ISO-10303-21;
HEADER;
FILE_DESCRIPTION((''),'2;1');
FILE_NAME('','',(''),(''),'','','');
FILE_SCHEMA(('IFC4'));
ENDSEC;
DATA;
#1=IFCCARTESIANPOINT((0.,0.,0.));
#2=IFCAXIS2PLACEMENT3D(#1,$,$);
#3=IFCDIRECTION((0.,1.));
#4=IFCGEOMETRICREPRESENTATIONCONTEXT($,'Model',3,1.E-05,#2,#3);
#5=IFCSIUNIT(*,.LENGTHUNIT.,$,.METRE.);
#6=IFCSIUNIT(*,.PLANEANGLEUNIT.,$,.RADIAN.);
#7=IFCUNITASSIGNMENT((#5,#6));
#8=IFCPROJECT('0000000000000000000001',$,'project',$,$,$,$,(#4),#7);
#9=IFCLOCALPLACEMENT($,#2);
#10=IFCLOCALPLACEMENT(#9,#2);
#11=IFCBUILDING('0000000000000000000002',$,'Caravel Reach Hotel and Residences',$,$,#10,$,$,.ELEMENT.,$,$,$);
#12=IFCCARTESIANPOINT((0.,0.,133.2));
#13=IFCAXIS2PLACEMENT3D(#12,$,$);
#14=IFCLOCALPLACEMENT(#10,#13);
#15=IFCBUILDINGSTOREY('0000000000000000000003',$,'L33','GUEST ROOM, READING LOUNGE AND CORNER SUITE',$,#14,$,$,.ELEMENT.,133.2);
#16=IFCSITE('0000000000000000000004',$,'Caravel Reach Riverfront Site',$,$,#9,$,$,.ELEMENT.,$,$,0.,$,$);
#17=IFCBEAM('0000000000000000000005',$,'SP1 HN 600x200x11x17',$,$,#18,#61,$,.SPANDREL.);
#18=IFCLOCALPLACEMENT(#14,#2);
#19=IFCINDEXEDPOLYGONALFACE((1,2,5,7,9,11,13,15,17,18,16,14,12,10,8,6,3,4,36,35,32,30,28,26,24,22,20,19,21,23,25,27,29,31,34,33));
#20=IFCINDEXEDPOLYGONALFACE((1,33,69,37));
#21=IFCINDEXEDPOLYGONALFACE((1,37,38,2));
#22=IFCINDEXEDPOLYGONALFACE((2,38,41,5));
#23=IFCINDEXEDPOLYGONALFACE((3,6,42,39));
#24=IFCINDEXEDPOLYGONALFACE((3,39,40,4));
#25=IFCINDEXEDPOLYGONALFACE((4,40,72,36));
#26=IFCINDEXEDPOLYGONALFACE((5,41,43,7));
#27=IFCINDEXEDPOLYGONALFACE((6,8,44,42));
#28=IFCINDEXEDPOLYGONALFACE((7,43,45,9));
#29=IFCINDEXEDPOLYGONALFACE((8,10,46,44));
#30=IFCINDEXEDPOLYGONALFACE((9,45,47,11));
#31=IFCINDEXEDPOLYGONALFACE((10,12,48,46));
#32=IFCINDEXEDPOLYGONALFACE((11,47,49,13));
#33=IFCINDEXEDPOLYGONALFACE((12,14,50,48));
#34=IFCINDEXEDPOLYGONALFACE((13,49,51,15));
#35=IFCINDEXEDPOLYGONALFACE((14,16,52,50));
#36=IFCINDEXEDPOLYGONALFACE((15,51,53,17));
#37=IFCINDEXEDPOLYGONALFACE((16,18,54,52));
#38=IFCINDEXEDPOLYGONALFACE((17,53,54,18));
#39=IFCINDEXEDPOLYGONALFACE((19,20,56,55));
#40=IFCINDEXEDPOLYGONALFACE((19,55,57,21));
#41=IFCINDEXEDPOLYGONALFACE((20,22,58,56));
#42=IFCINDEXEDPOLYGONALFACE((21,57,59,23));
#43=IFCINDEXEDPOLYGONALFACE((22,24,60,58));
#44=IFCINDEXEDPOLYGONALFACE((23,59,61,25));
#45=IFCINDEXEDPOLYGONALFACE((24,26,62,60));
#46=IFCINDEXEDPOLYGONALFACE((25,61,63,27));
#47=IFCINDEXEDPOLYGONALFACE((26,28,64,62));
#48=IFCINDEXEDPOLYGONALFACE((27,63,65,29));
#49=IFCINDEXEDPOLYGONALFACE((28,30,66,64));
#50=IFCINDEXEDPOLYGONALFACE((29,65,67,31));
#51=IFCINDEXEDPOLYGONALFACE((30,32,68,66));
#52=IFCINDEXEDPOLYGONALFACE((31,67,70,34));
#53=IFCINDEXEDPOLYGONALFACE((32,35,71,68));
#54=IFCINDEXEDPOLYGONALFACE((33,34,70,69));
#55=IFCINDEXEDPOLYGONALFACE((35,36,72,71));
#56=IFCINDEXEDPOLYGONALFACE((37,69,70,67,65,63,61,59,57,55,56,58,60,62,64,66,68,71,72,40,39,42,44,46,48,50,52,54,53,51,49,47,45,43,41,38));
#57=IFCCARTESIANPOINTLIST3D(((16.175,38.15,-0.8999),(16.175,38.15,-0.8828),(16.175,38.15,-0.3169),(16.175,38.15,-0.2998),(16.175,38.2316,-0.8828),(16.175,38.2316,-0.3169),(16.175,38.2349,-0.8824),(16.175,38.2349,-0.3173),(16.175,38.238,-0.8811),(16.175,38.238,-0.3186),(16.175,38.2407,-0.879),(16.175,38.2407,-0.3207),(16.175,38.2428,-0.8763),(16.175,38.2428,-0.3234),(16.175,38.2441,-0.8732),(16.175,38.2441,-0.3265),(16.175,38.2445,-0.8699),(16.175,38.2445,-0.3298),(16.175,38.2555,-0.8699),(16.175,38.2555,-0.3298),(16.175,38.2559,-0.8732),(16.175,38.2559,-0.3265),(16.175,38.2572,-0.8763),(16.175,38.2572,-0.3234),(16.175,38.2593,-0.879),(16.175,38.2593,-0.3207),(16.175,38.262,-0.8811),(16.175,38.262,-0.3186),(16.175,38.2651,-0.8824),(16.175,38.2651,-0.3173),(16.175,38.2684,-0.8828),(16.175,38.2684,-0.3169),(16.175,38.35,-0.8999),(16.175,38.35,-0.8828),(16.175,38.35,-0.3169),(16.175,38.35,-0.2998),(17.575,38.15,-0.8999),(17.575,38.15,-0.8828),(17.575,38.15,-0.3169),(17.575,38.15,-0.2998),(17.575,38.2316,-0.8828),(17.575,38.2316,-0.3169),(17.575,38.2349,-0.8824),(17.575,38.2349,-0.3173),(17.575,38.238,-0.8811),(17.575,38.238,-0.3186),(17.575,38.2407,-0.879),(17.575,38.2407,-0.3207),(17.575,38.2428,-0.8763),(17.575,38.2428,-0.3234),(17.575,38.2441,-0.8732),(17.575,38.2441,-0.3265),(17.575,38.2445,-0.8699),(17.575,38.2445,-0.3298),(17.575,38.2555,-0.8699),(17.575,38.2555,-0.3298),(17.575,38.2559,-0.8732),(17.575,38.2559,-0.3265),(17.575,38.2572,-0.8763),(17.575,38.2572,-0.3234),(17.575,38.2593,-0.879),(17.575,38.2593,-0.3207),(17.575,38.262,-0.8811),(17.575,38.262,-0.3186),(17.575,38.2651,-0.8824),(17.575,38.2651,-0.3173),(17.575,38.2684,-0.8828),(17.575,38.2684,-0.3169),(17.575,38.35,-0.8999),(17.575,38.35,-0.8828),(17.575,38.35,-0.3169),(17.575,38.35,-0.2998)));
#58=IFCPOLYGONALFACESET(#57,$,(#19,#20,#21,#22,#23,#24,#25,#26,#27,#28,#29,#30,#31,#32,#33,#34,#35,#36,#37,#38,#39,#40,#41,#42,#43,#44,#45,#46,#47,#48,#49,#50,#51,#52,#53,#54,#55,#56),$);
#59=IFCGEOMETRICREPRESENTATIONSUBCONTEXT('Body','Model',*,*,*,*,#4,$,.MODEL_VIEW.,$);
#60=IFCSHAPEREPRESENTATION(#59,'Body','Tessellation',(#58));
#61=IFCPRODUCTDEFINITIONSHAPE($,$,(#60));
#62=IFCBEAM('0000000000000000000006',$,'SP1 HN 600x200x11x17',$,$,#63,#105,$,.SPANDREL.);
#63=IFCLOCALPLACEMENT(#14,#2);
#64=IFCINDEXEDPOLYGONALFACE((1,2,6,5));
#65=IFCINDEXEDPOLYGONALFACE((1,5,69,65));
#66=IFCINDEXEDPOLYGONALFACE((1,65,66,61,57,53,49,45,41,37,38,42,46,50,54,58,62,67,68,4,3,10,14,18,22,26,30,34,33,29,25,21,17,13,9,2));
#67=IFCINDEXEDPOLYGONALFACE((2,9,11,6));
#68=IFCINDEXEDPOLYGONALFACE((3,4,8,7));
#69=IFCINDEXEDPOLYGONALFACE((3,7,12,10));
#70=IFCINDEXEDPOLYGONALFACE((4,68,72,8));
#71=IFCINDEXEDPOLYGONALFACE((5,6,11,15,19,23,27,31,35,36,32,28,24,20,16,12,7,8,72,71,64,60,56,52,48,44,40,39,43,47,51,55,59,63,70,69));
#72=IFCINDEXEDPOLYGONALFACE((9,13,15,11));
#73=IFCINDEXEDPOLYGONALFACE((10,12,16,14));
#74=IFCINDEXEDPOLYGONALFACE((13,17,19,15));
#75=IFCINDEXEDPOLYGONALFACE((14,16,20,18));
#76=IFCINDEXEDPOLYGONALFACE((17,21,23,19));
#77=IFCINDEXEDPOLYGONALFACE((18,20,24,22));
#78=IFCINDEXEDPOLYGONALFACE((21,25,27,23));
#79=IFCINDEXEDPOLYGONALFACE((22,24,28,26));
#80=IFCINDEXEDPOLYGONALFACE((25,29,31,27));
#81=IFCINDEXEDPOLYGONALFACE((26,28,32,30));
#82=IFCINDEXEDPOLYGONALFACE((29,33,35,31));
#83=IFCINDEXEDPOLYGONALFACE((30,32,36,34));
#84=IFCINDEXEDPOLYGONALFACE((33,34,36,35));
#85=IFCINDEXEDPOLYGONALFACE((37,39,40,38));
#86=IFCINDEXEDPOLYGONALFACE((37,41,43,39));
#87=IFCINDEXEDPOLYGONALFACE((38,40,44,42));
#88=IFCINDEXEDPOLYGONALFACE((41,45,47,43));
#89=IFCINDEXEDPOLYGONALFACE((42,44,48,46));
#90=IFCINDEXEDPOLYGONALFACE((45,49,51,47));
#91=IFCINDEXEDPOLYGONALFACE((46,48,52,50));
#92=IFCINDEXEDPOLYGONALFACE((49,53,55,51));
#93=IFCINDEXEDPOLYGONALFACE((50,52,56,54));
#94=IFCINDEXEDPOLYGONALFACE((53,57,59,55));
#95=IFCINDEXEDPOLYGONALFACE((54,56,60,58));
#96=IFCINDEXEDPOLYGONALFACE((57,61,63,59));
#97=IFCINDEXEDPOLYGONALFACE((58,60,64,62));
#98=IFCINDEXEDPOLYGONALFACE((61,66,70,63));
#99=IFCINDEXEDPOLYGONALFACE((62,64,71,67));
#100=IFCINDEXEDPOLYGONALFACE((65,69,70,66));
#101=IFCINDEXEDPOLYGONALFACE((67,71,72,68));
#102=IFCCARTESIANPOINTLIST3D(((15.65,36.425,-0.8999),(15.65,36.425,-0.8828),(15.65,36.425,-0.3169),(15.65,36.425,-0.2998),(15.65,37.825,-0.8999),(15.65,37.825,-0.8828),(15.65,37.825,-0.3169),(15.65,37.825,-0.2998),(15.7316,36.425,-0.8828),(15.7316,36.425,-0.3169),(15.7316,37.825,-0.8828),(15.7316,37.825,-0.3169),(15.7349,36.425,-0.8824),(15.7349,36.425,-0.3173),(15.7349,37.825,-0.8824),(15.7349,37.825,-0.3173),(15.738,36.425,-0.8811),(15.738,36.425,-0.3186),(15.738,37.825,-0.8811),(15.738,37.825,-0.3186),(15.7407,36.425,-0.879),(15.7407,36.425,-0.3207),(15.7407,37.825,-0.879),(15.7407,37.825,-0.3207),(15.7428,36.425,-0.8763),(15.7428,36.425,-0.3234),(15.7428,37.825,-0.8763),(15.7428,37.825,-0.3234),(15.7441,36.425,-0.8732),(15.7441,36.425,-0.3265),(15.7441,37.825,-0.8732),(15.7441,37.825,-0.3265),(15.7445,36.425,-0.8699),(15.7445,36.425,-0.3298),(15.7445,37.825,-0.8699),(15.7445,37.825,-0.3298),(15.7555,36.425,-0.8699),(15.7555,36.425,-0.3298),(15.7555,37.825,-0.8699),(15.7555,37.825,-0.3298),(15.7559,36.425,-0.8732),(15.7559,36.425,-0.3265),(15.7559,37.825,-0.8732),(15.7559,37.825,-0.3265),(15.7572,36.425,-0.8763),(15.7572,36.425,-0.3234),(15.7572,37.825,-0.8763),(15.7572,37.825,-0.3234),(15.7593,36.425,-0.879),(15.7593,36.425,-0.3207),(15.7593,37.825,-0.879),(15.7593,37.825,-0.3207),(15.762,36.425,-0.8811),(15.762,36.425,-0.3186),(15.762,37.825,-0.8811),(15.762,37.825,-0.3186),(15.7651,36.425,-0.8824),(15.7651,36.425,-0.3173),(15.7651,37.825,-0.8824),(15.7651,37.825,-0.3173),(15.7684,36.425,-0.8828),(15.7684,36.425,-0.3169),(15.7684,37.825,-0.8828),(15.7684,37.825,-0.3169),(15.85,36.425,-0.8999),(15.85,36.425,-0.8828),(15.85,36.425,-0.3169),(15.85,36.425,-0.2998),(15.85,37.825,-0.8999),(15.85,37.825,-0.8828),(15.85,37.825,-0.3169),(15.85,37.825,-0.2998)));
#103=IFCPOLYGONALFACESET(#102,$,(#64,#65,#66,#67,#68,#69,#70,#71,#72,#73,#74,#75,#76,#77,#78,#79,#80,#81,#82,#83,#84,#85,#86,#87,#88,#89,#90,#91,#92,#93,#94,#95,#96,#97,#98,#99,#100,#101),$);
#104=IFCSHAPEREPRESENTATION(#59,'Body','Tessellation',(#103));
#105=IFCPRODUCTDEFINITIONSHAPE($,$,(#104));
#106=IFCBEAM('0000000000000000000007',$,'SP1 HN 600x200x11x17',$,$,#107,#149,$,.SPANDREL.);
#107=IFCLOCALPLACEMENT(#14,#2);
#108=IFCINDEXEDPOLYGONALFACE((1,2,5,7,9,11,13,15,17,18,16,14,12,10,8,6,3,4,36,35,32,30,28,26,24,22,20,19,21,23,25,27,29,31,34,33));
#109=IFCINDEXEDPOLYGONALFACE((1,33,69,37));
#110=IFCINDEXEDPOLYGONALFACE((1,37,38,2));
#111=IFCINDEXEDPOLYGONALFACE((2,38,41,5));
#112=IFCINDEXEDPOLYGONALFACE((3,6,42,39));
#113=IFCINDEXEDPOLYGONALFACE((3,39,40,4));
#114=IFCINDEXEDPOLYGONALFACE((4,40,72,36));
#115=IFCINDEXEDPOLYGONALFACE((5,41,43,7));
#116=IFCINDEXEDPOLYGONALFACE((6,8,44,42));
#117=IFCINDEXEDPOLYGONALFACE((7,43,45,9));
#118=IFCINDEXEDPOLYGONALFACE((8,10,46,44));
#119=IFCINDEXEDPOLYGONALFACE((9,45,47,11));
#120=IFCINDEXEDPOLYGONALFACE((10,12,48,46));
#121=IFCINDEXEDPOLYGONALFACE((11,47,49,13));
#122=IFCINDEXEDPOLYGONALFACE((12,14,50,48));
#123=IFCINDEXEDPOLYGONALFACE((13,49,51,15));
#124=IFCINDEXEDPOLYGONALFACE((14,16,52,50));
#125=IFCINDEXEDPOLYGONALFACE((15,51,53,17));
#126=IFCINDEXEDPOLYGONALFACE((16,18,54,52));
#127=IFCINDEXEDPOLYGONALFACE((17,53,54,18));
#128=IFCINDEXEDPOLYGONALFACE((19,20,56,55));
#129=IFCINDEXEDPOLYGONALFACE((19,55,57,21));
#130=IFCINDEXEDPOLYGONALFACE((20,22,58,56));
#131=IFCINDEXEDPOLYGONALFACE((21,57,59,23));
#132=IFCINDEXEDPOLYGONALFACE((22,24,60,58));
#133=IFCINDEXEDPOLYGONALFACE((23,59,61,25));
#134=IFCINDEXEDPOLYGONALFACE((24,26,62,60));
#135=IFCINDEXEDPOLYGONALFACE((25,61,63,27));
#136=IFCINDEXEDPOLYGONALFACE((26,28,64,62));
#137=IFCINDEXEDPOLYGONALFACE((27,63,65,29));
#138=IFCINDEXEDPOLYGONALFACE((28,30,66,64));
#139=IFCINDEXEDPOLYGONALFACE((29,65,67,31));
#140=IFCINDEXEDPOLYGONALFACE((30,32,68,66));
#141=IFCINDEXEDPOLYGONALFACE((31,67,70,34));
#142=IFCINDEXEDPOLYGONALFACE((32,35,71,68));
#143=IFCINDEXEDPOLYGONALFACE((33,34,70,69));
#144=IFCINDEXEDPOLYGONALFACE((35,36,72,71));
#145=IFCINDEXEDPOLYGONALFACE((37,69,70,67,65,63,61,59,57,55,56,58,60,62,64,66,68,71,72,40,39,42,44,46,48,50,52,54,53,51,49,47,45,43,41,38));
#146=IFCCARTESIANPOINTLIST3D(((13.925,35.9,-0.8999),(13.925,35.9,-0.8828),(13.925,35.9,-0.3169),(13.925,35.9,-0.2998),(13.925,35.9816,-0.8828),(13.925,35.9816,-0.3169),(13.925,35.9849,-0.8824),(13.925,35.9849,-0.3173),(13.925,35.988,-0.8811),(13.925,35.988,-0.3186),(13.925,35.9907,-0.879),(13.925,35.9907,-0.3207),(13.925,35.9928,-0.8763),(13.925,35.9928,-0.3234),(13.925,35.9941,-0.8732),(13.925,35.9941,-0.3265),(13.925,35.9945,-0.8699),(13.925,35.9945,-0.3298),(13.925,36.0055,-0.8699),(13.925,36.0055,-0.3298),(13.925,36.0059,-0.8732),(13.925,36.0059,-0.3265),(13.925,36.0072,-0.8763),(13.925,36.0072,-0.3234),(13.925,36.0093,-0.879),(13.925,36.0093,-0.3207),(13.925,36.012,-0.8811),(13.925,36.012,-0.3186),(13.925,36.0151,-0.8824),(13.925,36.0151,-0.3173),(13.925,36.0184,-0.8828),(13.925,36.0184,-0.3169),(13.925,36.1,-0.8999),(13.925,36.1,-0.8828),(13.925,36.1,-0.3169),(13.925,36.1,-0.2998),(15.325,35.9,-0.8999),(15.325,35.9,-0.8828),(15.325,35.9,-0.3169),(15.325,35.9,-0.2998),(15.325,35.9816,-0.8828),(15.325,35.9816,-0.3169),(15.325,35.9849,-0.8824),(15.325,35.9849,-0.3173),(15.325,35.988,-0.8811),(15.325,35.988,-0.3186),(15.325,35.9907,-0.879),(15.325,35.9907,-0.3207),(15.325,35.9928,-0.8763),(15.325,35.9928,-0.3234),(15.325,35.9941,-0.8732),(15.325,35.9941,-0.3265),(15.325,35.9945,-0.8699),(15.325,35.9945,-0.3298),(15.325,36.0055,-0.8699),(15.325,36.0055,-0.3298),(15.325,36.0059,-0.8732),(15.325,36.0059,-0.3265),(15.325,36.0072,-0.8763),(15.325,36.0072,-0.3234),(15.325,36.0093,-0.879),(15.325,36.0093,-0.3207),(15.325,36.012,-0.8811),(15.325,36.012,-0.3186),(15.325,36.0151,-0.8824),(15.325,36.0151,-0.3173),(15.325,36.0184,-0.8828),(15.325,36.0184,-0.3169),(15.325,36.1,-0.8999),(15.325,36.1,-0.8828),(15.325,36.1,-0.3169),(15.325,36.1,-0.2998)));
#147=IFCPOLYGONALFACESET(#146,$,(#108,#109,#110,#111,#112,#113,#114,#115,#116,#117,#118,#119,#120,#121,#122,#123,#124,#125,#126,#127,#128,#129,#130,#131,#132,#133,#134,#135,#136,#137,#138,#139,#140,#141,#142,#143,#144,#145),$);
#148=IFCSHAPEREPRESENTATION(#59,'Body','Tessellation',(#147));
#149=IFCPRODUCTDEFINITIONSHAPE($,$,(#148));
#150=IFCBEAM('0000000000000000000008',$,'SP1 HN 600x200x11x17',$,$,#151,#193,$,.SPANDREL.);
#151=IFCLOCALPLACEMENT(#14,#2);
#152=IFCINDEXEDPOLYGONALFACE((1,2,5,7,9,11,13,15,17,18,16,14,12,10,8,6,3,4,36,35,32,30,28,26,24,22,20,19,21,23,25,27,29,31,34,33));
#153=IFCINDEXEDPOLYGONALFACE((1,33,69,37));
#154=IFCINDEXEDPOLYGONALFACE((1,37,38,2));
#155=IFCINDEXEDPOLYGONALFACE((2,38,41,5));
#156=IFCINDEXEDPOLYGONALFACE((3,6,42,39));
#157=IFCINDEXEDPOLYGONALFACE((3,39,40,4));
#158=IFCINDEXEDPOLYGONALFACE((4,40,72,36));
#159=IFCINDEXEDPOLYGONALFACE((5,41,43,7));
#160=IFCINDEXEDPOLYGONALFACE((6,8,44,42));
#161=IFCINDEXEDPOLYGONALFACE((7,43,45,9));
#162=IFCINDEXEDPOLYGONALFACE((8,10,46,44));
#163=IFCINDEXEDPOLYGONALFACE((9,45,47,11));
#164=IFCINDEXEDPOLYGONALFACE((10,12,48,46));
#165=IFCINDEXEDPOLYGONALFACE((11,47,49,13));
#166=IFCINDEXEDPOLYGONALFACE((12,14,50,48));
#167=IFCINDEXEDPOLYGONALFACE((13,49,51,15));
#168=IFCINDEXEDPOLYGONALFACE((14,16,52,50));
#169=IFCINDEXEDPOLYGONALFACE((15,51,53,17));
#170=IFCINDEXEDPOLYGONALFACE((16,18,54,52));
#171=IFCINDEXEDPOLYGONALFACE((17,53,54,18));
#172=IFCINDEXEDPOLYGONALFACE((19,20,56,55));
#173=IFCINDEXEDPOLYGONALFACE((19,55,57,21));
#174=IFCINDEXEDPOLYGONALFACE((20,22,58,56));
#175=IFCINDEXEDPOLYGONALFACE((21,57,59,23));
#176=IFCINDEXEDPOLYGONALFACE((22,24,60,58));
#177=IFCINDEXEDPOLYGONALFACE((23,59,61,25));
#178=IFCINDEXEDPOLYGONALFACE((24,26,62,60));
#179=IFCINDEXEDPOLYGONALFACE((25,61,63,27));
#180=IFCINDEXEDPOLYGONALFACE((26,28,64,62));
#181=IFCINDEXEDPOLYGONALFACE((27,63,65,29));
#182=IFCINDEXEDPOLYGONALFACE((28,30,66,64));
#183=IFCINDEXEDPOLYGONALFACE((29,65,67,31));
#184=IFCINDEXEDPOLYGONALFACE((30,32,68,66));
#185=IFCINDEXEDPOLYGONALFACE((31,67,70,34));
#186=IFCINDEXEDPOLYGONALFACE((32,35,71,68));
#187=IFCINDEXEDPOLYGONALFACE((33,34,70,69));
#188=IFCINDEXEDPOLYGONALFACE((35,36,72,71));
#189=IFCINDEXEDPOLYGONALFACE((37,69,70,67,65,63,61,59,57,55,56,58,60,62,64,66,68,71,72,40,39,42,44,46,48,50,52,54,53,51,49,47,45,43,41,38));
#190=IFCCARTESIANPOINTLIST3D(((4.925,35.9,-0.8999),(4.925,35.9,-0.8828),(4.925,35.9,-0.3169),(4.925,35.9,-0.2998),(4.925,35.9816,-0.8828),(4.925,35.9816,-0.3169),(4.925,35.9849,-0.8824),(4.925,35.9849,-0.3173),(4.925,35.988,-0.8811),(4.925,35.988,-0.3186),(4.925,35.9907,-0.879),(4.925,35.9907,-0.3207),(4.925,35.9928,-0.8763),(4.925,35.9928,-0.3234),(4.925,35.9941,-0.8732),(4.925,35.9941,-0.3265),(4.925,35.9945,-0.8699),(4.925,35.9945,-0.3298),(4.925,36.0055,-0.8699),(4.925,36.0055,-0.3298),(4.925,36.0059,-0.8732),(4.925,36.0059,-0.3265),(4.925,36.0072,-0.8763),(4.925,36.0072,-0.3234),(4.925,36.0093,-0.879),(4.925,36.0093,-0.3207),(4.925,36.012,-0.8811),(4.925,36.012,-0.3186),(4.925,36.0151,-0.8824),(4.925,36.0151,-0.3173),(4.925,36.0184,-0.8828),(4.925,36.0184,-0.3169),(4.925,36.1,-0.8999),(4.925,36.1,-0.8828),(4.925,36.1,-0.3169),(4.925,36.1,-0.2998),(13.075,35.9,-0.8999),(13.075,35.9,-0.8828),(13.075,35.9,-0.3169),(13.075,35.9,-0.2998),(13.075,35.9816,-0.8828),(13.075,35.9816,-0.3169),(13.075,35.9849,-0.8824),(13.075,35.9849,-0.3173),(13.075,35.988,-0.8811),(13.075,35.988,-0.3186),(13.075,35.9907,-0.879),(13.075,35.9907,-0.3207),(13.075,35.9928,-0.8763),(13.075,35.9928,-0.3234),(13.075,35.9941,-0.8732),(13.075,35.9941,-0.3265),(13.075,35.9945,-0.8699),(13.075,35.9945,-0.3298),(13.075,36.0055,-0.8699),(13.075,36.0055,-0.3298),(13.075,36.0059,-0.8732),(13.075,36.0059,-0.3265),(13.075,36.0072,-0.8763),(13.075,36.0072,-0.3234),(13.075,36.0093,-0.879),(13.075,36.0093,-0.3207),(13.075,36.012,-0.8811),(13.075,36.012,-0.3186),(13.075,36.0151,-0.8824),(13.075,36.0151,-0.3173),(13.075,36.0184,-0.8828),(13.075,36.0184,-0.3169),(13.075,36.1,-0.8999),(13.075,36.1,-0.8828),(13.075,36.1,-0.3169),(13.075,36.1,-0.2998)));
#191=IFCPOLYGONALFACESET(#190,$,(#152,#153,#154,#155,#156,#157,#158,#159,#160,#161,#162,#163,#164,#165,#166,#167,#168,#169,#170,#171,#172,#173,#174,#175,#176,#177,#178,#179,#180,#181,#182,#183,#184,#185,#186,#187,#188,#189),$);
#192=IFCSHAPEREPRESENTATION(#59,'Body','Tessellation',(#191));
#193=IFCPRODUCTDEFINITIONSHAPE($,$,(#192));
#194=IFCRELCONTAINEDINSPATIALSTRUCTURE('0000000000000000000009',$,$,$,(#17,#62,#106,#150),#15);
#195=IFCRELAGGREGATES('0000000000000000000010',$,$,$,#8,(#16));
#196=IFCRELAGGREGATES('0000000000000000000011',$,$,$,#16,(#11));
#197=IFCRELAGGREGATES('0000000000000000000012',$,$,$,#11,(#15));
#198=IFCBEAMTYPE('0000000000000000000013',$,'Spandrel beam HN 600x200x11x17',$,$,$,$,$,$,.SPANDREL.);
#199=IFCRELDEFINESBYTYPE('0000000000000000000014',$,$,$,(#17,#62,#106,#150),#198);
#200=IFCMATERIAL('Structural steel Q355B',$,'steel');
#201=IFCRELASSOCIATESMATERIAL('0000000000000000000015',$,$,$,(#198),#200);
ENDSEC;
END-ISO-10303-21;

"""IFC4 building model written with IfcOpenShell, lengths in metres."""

from ifc_helpers import new_model, si_unit, direction, frame, origin, origin_2d, place, context, subcontext, project, spatial, i_section, extrude, material, material_profile, profile_set, type_object, element, save


model = new_model("IFC4")

# Units and contexts
model_context = context("Model", 3, precision=1e-05, world=origin(), true_north=direction((0.0, 1.0)))
body_context = subcontext(model_context, "Body", "Model", "MODEL_VIEW")
ifc_project = project(units=[si_unit("LENGTHUNIT", "METRE"), si_unit("PLANEANGLEUNIT", "RADIAN")], contexts=[model_context])

# Site, building, storey
site_placement = place(None, origin())
site = spatial("IfcSite", under=ifc_project, at=site_placement, Name="Caravel Reach Riverfront Site", CompositionType="ELEMENT", RefElevation=0.0)
building_placement = place(site_placement, origin())
building = spatial("IfcBuilding", under=site, at=building_placement, Name="Caravel Reach Hotel and Residences", CompositionType="ELEMENT")
storey_placement = place(building_placement, frame((0.0, 0.0, 133.2)))
storey = spatial("IfcBuildingStorey", under=building, at=storey_placement, Name="L33", Description="GUEST ROOM, READING LOUNGE AND CORNER SUITE", CompositionType="ELEMENT", Elevation=133.2)

# Beams
ifc_material_1 = material(Name="Structural steel Q355B", Category="steel")
ifc_material_profile_1 = material_profile(ifc_material_1, i_section(OverallWidth=0.2, OverallDepth=0.6001, WebThickness=0.011, FlangeThickness=0.0171, FilletRadius=0.0129, at=origin_2d()), Name="HN 600x200x11x17")
ifc_profile_set_1 = profile_set([ifc_material_profile_1], Name="Structural steel Q355B")
beam_type = type_object("IfcBeamType", Name="Spandrel beam HN 600x200x11x17", PredefinedType="SPANDREL", material=ifc_profile_set_1)
for number, where, z_axis, x_axis, name in (
    (1, (17.575, 38.25, -0.5999), (-1.0, 0.0, 0.0), (0.0, -1.0, 0.0), "SP1 HN 600x200x11x17"),
    (2, (15.75, 37.825, -0.5999), (0.0, -1.0, 0.0), (1.0, 0.0, 0.0), "SP1 HN 600x200x11x17"),
    (3, (15.325, 36.0, -0.5999), (-1.0, 0.0, 0.0), (0.0, -1.0, 0.0), "SP1 HN 600x200x11x17"),
):
    element("IfcBeam", number, at=place(storey_placement, frame(where, z_axis=z_axis, x_axis=x_axis)), inside=storey, type_object=beam_type, Name=name, PredefinedType="SPANDREL", context=body_context, shape_type="SweptSolid", body=[
        extrude(i_section(OverallWidth=0.2, OverallDepth=0.6001, WebThickness=0.011, FlangeThickness=0.0171, FilletRadius=0.0129, at=origin_2d()), origin(), (0.0, 0.0, 1.0), 1.3999),
    ])
beam_1_placement = place(storey_placement, frame((13.075, 36.0, -0.5999), z_axis=(-1.0, 0.0, 0.0), x_axis=(0.0, -1.0, 0.0)))
element("IfcBeam", 4, at=beam_1_placement, inside=storey, type_object=beam_type, Name="SP1 HN 600x200x11x17", PredefinedType="SPANDREL", context=body_context, shape_type="SweptSolid", body=[
    extrude(i_section(OverallWidth=0.2, OverallDepth=0.6001, WebThickness=0.011, FlangeThickness=0.0171, FilletRadius=0.0129, at=origin_2d()), origin(), (0.0, 0.0, 1.0), 8.1499),
])

save(model, "model.ifc")
